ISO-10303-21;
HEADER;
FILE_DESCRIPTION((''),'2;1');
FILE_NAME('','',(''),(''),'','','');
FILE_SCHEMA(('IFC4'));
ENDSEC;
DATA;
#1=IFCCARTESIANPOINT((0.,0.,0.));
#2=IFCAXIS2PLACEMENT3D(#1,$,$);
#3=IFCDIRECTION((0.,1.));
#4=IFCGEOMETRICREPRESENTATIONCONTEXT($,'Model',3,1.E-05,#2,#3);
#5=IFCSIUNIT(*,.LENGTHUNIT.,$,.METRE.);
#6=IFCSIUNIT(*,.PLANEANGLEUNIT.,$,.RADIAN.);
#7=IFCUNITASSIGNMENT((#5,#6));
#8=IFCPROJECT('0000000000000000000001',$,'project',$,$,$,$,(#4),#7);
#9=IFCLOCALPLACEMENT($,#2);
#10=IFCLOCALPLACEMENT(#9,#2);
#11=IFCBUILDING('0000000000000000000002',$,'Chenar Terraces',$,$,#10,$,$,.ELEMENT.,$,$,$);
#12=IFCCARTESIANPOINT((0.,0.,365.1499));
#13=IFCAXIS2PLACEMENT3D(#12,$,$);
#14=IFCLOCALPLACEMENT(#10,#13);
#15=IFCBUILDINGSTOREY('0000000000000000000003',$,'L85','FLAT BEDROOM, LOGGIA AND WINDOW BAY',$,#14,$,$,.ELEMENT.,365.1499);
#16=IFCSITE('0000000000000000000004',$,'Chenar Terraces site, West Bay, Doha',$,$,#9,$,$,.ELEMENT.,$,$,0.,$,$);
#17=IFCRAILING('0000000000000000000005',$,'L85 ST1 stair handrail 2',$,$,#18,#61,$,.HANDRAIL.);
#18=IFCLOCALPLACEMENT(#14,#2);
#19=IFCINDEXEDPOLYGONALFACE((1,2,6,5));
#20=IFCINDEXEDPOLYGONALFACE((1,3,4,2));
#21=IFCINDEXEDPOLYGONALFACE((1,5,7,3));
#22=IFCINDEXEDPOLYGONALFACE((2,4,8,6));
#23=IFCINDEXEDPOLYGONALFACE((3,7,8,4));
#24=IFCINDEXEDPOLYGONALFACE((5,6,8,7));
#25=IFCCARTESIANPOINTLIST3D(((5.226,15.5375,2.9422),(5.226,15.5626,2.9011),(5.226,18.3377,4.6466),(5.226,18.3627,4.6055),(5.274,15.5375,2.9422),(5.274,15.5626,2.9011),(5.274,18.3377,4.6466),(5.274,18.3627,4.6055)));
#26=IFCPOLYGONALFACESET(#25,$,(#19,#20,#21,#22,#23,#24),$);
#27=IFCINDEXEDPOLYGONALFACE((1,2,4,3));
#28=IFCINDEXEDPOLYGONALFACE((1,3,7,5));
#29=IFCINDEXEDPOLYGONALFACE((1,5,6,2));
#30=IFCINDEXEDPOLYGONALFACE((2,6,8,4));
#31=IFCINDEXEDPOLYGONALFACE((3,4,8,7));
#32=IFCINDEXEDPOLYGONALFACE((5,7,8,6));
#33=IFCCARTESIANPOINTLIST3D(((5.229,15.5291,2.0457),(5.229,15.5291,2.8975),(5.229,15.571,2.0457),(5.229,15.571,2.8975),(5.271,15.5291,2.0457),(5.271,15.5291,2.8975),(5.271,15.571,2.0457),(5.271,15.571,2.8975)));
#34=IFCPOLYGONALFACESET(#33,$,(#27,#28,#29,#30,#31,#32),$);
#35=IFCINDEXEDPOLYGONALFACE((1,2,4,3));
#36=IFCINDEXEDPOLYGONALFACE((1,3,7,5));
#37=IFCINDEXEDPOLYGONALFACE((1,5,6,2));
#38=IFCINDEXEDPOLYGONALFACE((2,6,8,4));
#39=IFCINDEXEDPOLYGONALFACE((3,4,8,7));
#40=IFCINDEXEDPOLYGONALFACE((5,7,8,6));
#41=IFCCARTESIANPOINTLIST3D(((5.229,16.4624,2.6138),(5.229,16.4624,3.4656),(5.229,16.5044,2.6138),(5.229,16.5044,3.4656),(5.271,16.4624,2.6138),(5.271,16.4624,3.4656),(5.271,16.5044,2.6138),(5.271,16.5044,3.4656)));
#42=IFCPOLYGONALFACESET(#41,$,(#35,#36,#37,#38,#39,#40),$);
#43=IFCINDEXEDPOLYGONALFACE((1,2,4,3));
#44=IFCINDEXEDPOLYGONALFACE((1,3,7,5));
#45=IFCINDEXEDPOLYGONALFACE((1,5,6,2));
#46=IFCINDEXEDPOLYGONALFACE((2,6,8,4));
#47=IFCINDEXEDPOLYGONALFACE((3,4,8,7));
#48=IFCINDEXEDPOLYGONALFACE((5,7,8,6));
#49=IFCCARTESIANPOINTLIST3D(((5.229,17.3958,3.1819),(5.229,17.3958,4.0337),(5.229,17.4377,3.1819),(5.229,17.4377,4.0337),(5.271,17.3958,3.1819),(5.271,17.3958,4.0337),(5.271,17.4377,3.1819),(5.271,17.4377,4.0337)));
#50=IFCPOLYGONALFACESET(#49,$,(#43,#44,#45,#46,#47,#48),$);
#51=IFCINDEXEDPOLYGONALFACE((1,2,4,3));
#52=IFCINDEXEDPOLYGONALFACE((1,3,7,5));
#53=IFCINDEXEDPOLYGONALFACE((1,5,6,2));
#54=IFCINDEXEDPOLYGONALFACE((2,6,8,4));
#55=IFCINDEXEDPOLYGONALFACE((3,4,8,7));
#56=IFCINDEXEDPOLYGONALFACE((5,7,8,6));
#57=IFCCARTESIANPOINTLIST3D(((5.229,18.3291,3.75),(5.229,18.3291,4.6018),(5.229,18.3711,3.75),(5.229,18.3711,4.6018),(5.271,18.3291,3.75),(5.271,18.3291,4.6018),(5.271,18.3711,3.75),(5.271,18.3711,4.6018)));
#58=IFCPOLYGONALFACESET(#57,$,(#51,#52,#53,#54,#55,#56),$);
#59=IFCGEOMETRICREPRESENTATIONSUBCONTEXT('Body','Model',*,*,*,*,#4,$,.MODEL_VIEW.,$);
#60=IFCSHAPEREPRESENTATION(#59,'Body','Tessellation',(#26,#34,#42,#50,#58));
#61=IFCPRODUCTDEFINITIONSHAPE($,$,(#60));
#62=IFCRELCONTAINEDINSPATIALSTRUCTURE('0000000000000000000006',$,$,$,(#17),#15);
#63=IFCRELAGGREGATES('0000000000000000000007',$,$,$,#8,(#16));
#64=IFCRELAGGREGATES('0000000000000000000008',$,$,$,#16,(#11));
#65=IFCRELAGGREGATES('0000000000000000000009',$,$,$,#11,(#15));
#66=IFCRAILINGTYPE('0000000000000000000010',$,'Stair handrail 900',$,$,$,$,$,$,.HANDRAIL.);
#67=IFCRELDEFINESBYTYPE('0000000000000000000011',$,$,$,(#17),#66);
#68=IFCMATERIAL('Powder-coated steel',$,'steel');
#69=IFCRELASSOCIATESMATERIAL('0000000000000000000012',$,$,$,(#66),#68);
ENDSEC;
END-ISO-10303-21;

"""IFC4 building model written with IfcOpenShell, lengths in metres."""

from ifc_helpers import new_model, si_unit, direction, frame, origin, origin_2d, place, context, subcontext, project, spatial, rectangle, extrude, material, type_object, element, save


model = new_model("IFC4")

# Units and contexts
model_context = context("Model", 3, precision=1e-05, world=origin(), true_north=direction((0.0, 1.0)))
body_context = subcontext(model_context, "Body", "Model", "MODEL_VIEW")
ifc_project = project(units=[si_unit("LENGTHUNIT", "METRE"), si_unit("PLANEANGLEUNIT", "RADIAN")], contexts=[model_context])

# Site, building, storey
site_placement = place(None, origin())
site = spatial("IfcSite", under=ifc_project, at=site_placement, Name="Chenar Terraces site, West Bay, Doha", CompositionType="ELEMENT", RefElevation=0.0)
building_placement = place(site_placement, origin())
building = spatial("IfcBuilding", under=site, at=building_placement, Name="Chenar Terraces", CompositionType="ELEMENT")
storey_placement = place(building_placement, frame((0.0, 0.0, 365.1499)))
storey = spatial("IfcBuildingStorey", under=building, at=storey_placement, Name="L85", Description="FLAT BEDROOM, LOGGIA AND WINDOW BAY", CompositionType="ELEMENT", Elevation=365.1499)

# Railing
ifc_material_1 = material(Name="Powder-coated steel", Category="steel")
railing_type_1 = type_object("IfcRailingType", Name="Stair handrail 900", PredefinedType="HANDRAIL", material=ifc_material_1)
railing_1_placement = place(storey_placement, frame((5.25, 15.55, 2.0457)))
element("IfcRailing", 1, at=railing_1_placement, inside=storey, type_object=railing_type_1, Name="L85 ST1 stair handrail 2", PredefinedType="HANDRAIL", context=body_context, shape_type="SweptSolid", body=[
    extrude(rectangle(XDim=0.0481, YDim=0.0481, at=origin_2d()), frame((0.0, 0.0, 0.876), z_axis=(0.0, 0.854203, 0.51994), x_axis=(-1.0, 0.0, 0.0)), (0.0, 0.0, 1.0), 3.2781),
    extrude(rectangle(XDim=0.042, YDim=0.042, at=origin_2d()), origin(), (0.0, 0.0, 1.0), 0.8518),
    extrude(rectangle(XDim=0.042, YDim=0.042, at=origin_2d()), frame((0.0, 0.9333, 0.5681)), (0.0, 0.0, 1.0), 0.8518),
    extrude(rectangle(XDim=0.042, YDim=0.042, at=origin_2d()), frame((0.0, 1.8667, 1.1362)), (0.0, 0.0, 1.0), 0.8518),
    extrude(rectangle(XDim=0.042, YDim=0.042, at=origin_2d()), frame((0.0, 2.8, 1.7043)), (0.0, 0.0, 1.0), 0.8518),
])

save(model, "model.ifc")
